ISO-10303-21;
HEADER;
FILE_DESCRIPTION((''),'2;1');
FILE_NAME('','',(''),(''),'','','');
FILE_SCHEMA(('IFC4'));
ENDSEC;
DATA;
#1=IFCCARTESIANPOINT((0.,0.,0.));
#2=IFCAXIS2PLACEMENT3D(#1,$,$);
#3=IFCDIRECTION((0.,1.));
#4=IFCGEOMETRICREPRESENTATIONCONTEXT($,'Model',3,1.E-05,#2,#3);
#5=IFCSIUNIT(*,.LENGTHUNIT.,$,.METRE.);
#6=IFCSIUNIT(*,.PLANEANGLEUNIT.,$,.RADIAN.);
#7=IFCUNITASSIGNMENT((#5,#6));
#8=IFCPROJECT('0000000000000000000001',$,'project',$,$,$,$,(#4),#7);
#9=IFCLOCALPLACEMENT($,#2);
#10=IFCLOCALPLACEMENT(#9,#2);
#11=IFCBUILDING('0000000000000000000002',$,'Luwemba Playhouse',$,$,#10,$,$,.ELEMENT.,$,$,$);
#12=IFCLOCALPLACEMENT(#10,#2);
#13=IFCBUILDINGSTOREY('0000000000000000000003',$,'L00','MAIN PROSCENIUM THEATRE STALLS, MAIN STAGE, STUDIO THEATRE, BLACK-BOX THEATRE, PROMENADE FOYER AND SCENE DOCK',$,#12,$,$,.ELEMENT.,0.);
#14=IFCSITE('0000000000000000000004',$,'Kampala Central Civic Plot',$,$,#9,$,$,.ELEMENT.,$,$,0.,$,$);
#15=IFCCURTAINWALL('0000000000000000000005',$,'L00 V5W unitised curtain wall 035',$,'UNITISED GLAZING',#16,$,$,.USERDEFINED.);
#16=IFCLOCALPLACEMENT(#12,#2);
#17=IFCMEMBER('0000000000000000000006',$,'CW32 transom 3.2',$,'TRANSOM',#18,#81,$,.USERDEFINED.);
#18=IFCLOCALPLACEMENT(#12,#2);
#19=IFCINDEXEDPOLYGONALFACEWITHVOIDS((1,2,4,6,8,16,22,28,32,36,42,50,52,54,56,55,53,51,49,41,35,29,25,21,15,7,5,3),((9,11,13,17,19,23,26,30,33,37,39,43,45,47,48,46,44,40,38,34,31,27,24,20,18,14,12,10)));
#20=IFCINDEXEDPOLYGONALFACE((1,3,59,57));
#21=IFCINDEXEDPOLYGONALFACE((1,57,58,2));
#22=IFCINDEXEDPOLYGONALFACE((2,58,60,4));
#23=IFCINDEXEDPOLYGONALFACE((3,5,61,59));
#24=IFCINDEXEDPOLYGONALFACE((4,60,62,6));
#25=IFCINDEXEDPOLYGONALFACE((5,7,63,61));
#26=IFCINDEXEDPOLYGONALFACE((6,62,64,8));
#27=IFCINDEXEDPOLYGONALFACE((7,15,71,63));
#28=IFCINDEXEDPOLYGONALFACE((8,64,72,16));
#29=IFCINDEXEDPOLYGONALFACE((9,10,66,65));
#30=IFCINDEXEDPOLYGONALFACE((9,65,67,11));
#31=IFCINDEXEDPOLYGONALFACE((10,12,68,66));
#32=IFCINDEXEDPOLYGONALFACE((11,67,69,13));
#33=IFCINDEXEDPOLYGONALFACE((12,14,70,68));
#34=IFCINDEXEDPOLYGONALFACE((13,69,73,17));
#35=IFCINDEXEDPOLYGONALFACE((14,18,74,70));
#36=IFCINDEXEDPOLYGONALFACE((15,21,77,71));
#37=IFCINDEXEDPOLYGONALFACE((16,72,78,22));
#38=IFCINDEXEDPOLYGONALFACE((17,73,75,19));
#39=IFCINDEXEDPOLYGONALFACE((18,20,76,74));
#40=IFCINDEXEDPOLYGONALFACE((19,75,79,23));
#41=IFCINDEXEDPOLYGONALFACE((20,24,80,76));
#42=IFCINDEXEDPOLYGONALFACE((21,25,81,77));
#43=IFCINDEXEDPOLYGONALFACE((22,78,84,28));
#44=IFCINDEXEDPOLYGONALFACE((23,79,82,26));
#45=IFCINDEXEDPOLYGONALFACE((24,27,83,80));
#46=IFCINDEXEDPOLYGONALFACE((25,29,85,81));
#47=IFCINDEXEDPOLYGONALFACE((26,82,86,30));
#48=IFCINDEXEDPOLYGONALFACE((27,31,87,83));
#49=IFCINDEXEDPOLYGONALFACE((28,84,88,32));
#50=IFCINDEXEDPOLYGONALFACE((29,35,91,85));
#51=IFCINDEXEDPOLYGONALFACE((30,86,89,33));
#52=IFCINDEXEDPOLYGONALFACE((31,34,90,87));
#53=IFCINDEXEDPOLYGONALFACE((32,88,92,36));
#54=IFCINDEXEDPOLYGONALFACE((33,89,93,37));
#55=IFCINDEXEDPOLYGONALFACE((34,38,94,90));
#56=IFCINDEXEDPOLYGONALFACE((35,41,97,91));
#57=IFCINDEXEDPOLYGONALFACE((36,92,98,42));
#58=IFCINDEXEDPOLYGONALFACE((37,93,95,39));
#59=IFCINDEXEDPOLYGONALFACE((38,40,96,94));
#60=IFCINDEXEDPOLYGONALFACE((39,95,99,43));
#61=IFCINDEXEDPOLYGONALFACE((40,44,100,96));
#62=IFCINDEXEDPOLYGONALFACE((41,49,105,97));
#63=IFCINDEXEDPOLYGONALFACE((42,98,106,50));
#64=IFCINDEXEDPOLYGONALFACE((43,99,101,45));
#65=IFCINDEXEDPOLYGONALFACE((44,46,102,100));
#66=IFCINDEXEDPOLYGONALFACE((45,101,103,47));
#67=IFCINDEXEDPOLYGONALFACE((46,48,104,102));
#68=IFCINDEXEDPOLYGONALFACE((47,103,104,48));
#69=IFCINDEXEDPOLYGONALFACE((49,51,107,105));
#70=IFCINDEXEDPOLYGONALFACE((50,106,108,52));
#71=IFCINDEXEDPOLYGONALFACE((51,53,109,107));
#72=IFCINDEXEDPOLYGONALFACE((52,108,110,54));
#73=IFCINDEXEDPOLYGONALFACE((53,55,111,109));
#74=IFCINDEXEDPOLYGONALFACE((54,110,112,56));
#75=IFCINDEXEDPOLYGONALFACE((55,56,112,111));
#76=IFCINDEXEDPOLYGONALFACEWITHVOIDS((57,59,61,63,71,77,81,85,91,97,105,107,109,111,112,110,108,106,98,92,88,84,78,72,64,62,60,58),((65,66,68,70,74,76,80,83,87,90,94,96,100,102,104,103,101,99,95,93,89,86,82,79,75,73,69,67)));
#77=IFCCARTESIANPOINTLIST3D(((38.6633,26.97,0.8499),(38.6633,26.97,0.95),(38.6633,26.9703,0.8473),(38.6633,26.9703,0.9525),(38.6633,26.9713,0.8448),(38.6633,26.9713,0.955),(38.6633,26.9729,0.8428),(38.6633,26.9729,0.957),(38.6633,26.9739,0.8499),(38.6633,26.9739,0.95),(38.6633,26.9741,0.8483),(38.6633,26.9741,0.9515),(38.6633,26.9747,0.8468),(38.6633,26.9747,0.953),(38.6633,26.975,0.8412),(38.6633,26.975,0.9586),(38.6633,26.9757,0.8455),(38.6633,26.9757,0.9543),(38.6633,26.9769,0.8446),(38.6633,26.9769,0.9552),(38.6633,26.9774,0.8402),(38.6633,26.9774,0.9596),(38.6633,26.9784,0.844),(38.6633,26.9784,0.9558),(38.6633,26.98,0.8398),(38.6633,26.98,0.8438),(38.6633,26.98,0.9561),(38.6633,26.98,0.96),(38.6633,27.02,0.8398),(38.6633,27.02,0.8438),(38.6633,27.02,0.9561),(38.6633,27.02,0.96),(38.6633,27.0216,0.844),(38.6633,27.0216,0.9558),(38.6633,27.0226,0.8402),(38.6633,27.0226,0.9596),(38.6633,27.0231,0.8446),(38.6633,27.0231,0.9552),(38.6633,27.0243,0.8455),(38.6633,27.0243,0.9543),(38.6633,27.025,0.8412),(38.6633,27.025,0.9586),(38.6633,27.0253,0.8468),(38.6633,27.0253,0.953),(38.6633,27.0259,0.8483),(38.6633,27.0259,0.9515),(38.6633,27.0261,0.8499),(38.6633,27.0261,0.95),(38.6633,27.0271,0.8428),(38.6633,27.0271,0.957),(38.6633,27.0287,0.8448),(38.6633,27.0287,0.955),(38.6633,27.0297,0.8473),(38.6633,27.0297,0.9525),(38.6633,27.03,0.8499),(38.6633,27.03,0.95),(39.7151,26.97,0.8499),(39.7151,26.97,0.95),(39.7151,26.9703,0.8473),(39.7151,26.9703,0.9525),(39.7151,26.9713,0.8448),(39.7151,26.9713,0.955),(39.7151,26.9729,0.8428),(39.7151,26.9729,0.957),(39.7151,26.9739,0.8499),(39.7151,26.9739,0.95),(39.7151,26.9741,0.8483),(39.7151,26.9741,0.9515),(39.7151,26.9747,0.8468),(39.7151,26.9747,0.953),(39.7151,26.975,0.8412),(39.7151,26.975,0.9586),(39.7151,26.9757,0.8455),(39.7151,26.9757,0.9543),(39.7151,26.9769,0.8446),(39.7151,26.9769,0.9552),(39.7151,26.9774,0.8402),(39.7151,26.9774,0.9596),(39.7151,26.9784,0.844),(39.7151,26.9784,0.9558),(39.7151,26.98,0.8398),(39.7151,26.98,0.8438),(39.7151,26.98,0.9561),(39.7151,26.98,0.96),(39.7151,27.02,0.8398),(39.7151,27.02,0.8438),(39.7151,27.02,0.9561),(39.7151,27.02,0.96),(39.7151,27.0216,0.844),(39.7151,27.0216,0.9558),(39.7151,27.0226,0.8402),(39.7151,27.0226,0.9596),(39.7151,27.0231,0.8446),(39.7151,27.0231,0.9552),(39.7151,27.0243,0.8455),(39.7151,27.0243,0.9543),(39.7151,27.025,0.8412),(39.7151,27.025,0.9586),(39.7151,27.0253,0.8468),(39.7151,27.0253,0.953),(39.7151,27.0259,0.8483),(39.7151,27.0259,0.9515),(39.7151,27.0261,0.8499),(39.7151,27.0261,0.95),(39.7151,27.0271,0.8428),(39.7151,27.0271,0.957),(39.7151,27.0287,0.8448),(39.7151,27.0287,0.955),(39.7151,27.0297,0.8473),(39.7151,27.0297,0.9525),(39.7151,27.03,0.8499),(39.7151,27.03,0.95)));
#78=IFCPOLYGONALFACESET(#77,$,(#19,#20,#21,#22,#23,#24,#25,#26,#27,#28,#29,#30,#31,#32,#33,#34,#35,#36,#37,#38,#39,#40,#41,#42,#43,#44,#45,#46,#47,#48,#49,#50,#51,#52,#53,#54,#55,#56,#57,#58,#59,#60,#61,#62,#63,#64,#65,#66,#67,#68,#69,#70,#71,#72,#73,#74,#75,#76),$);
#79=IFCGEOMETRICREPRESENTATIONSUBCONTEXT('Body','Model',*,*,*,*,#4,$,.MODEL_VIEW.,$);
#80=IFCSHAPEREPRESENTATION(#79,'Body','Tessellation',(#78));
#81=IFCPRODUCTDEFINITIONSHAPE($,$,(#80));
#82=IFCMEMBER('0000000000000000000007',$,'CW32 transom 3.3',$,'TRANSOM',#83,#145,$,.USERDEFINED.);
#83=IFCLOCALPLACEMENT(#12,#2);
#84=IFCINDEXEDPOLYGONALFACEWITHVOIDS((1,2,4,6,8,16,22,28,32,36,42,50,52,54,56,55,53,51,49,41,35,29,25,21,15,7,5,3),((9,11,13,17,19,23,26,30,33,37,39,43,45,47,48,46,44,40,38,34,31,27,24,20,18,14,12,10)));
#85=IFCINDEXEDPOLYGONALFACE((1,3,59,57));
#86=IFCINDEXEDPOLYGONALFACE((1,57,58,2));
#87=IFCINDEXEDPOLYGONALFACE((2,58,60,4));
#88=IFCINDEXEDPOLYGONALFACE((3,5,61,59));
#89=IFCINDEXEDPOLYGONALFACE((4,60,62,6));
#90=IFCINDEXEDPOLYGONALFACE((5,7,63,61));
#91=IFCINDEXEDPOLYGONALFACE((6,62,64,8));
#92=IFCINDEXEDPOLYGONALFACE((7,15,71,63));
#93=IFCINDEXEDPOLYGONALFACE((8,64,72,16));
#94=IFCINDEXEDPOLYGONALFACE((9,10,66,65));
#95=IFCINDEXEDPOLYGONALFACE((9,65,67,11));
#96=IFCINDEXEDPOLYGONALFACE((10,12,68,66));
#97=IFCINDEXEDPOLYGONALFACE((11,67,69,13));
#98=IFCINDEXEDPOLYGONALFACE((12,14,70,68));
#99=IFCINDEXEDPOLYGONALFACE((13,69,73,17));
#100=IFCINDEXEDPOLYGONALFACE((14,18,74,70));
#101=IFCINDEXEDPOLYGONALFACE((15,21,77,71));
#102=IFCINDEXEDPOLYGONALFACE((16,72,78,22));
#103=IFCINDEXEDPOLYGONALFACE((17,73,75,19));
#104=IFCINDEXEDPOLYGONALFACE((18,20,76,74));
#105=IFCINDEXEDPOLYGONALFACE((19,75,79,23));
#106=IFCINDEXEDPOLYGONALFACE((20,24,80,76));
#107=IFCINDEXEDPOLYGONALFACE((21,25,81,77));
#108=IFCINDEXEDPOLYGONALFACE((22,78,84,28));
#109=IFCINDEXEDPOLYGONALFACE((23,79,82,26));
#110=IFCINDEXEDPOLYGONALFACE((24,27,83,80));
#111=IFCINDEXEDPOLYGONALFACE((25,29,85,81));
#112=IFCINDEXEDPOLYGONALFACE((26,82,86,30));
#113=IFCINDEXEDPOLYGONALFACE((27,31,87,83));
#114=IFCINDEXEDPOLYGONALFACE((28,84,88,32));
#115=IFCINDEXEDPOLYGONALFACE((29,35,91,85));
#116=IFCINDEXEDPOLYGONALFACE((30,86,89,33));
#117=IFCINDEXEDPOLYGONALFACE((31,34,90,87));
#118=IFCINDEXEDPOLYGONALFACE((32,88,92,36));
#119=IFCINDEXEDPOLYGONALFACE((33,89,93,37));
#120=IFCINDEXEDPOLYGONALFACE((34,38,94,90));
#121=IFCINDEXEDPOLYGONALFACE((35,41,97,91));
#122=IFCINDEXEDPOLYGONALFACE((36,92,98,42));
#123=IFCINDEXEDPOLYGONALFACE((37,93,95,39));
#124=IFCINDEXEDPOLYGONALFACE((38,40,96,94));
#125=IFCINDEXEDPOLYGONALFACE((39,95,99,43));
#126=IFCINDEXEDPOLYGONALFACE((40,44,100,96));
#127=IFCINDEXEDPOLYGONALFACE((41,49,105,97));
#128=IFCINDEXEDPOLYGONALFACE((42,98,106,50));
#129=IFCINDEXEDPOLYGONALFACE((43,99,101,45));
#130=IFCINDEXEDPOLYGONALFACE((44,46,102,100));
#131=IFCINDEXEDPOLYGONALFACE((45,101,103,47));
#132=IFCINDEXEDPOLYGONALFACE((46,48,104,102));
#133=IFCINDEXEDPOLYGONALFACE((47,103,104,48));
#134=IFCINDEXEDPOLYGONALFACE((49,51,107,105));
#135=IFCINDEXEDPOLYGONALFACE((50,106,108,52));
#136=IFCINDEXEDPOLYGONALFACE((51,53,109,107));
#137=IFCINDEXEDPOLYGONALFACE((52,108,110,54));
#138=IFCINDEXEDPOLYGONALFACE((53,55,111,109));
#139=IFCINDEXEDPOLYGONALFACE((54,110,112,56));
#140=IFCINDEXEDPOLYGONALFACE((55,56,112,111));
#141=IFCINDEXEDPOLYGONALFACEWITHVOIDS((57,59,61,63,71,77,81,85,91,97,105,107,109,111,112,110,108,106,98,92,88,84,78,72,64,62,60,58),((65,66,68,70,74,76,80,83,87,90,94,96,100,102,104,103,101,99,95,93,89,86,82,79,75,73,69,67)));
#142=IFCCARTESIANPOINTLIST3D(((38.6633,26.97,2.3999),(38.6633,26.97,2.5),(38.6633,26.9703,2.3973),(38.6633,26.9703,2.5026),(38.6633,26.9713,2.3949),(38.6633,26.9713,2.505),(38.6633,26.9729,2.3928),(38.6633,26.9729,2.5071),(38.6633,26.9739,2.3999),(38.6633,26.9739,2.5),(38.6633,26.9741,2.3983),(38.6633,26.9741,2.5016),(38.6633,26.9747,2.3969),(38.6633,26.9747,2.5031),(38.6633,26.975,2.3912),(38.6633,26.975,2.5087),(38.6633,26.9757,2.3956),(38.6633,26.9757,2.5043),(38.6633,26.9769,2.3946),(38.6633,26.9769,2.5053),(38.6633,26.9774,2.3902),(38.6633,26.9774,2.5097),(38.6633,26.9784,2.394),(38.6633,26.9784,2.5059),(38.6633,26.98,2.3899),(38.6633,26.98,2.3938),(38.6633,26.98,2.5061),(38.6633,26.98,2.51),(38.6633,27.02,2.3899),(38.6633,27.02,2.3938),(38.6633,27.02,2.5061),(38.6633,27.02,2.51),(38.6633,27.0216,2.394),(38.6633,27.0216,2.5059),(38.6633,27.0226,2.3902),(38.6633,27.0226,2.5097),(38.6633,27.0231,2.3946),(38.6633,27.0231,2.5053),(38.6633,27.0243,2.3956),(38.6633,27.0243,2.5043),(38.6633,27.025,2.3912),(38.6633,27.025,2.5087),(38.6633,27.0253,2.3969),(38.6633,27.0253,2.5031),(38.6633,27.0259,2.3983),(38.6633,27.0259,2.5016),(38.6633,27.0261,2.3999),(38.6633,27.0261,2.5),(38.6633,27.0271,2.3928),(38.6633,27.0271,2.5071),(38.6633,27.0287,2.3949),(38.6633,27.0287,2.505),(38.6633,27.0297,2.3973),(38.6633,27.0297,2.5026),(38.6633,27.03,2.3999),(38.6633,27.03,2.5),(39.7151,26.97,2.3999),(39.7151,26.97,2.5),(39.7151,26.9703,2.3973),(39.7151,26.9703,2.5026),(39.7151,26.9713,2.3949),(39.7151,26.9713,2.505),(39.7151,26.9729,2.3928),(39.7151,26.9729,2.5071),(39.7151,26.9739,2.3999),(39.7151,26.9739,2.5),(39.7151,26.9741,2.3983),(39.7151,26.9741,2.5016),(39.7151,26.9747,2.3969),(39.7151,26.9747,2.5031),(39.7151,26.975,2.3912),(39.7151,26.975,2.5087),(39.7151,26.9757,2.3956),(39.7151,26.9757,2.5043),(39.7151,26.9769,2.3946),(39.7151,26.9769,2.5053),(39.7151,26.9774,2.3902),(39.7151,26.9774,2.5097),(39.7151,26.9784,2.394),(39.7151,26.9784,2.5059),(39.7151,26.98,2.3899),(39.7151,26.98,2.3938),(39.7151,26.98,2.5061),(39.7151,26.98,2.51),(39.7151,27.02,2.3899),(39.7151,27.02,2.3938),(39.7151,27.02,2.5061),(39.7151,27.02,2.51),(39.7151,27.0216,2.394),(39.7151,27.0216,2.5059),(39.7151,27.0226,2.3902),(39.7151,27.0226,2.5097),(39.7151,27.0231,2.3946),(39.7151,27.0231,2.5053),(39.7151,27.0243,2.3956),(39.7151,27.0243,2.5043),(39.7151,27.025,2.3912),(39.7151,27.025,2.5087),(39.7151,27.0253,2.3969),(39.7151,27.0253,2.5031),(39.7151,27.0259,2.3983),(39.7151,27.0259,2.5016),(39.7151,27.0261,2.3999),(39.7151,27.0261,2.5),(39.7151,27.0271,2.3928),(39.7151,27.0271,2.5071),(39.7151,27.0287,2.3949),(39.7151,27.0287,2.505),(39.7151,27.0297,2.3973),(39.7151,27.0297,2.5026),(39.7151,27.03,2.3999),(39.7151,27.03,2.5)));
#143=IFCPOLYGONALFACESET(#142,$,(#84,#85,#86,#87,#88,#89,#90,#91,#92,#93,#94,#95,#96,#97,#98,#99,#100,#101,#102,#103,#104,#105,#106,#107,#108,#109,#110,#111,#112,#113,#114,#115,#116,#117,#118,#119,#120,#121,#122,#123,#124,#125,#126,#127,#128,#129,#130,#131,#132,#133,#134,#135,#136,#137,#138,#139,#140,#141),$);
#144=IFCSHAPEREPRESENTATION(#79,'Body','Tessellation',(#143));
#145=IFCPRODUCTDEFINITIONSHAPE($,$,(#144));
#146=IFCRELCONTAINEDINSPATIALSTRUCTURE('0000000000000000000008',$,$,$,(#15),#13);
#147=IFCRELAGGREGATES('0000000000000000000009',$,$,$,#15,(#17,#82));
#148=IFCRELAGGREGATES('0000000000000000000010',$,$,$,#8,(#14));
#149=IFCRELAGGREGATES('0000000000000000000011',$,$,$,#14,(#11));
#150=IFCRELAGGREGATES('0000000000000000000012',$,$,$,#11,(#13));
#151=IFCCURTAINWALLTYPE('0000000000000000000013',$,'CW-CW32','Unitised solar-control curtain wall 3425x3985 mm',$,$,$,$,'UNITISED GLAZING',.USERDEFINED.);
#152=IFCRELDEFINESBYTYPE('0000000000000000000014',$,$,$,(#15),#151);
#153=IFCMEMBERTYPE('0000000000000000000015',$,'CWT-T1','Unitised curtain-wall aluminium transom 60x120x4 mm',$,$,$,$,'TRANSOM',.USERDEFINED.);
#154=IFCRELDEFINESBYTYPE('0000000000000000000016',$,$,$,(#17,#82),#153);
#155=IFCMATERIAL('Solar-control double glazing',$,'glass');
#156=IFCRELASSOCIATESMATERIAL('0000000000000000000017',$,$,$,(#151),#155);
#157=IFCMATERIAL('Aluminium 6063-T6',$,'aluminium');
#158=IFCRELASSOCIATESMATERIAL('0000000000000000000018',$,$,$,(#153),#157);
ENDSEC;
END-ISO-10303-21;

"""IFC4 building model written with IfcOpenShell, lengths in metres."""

from ifc_helpers import new_model, si_unit, direction, frame, origin, origin_2d, place, context, subcontext, project, spatial, hollow_rectangle, extrude, material, material_profile, profile_set, type_object, element, aggregate, save


model = new_model("IFC4")

# Units and contexts
model_context = context("Model", 3, precision=1e-05, world=origin(), true_north=direction((0.0, 1.0)))
body_context = subcontext(model_context, "Body", "Model", "MODEL_VIEW")
ifc_project = project(units=[si_unit("LENGTHUNIT", "METRE"), si_unit("PLANEANGLEUNIT", "RADIAN")], contexts=[model_context])

# Site, building, storey
site_placement = place(None, origin())
site = spatial("IfcSite", under=ifc_project, at=site_placement, Name="Kampala Central Civic Plot", CompositionType="ELEMENT", RefElevation=0.0)
building_placement = place(site_placement, origin())
building = spatial("IfcBuilding", under=site, at=building_placement, Name="Luwemba Playhouse", CompositionType="ELEMENT")
storey_placement = place(building_placement, origin())
storey = spatial("IfcBuildingStorey", under=building, at=storey_placement, Name="L00", Description="MAIN PROSCENIUM THEATRE STALLS, MAIN STAGE, STUDIO THEATRE, BLACK-BOX THEATRE, PROMENADE FOYER AND SCENE DOCK", CompositionType="ELEMENT", Elevation=0.0)

# Curtain wall, members
ifc_material_1 = material(Name="Solar-control double glazing", Category="glass")
curtain_wall_type = type_object("IfcCurtainWallType", Name="CW-CW32", Description="Unitised solar-control curtain wall 3425x3985 mm", ElementType="UNITISED GLAZING", PredefinedType="USERDEFINED", material=ifc_material_1)
curtain_wall_placement = place(storey_placement, origin())
curtain_wall = element("IfcCurtainWall", 1, at=curtain_wall_placement, inside=storey, type_object=curtain_wall_type, Name="L00 V5W unitised curtain wall 035", ObjectType="UNITISED GLAZING", PredefinedType="USERDEFINED")
ifc_material_2 = material(Name="Aluminium 6063-T6", Category="aluminium")
ifc_material_profile_1 = material_profile(ifc_material_2, hollow_rectangle(XDim=0.0601, YDim=0.1201, WallThickness=0.0039, InnerFilletRadius=0.0061, OuterFilletRadius=0.01, at=origin_2d()))
ifc_profile_set_1 = profile_set([ifc_material_profile_1], Name="Aluminium 6063-T6")
member_type_1 = type_object("IfcMemberType", Name="CWT-T1", Description="Unitised curtain-wall aluminium transom 60x120x4 mm", ElementType="TRANSOM", PredefinedType="USERDEFINED", material=ifc_profile_set_1)
member_1_placement = place(storey_placement, frame((38.6633, 27.0, 0.8999), z_axis=(1.0, 0.0, 0.0), x_axis=(0.0, 1.0, 0.0)))
member_1 = element("IfcMember", 2, at=member_1_placement, type_object=member_type_1, Name="CW32 transom 3.2", ObjectType="TRANSOM", PredefinedType="USERDEFINED", context=body_context, shape_type="SweptSolid", body=[
    extrude(hollow_rectangle(XDim=0.0601, YDim=0.1201, WallThickness=0.0039, InnerFilletRadius=0.0061, OuterFilletRadius=0.01, at=origin_2d()), origin(), (0.0, 0.0, 1.0), 1.0518),
])
member_2_placement = place(storey_placement, frame((38.6633, 27.0, 2.45), z_axis=(1.0, 0.0, 0.0), x_axis=(0.0, 1.0, 0.0)))
member_2 = element("IfcMember", 3, at=member_2_placement, type_object=member_type_1, Name="CW32 transom 3.3", ObjectType="TRANSOM", PredefinedType="USERDEFINED", context=body_context, shape_type="SweptSolid", body=[
    extrude(hollow_rectangle(XDim=0.0601, YDim=0.1201, WallThickness=0.0039, InnerFilletRadius=0.0061, OuterFilletRadius=0.01, at=origin_2d()), origin(), (0.0, 0.0, 1.0), 1.0518),
])
aggregate(curtain_wall, [member_1, member_2])

save(model, "model.ifc")
